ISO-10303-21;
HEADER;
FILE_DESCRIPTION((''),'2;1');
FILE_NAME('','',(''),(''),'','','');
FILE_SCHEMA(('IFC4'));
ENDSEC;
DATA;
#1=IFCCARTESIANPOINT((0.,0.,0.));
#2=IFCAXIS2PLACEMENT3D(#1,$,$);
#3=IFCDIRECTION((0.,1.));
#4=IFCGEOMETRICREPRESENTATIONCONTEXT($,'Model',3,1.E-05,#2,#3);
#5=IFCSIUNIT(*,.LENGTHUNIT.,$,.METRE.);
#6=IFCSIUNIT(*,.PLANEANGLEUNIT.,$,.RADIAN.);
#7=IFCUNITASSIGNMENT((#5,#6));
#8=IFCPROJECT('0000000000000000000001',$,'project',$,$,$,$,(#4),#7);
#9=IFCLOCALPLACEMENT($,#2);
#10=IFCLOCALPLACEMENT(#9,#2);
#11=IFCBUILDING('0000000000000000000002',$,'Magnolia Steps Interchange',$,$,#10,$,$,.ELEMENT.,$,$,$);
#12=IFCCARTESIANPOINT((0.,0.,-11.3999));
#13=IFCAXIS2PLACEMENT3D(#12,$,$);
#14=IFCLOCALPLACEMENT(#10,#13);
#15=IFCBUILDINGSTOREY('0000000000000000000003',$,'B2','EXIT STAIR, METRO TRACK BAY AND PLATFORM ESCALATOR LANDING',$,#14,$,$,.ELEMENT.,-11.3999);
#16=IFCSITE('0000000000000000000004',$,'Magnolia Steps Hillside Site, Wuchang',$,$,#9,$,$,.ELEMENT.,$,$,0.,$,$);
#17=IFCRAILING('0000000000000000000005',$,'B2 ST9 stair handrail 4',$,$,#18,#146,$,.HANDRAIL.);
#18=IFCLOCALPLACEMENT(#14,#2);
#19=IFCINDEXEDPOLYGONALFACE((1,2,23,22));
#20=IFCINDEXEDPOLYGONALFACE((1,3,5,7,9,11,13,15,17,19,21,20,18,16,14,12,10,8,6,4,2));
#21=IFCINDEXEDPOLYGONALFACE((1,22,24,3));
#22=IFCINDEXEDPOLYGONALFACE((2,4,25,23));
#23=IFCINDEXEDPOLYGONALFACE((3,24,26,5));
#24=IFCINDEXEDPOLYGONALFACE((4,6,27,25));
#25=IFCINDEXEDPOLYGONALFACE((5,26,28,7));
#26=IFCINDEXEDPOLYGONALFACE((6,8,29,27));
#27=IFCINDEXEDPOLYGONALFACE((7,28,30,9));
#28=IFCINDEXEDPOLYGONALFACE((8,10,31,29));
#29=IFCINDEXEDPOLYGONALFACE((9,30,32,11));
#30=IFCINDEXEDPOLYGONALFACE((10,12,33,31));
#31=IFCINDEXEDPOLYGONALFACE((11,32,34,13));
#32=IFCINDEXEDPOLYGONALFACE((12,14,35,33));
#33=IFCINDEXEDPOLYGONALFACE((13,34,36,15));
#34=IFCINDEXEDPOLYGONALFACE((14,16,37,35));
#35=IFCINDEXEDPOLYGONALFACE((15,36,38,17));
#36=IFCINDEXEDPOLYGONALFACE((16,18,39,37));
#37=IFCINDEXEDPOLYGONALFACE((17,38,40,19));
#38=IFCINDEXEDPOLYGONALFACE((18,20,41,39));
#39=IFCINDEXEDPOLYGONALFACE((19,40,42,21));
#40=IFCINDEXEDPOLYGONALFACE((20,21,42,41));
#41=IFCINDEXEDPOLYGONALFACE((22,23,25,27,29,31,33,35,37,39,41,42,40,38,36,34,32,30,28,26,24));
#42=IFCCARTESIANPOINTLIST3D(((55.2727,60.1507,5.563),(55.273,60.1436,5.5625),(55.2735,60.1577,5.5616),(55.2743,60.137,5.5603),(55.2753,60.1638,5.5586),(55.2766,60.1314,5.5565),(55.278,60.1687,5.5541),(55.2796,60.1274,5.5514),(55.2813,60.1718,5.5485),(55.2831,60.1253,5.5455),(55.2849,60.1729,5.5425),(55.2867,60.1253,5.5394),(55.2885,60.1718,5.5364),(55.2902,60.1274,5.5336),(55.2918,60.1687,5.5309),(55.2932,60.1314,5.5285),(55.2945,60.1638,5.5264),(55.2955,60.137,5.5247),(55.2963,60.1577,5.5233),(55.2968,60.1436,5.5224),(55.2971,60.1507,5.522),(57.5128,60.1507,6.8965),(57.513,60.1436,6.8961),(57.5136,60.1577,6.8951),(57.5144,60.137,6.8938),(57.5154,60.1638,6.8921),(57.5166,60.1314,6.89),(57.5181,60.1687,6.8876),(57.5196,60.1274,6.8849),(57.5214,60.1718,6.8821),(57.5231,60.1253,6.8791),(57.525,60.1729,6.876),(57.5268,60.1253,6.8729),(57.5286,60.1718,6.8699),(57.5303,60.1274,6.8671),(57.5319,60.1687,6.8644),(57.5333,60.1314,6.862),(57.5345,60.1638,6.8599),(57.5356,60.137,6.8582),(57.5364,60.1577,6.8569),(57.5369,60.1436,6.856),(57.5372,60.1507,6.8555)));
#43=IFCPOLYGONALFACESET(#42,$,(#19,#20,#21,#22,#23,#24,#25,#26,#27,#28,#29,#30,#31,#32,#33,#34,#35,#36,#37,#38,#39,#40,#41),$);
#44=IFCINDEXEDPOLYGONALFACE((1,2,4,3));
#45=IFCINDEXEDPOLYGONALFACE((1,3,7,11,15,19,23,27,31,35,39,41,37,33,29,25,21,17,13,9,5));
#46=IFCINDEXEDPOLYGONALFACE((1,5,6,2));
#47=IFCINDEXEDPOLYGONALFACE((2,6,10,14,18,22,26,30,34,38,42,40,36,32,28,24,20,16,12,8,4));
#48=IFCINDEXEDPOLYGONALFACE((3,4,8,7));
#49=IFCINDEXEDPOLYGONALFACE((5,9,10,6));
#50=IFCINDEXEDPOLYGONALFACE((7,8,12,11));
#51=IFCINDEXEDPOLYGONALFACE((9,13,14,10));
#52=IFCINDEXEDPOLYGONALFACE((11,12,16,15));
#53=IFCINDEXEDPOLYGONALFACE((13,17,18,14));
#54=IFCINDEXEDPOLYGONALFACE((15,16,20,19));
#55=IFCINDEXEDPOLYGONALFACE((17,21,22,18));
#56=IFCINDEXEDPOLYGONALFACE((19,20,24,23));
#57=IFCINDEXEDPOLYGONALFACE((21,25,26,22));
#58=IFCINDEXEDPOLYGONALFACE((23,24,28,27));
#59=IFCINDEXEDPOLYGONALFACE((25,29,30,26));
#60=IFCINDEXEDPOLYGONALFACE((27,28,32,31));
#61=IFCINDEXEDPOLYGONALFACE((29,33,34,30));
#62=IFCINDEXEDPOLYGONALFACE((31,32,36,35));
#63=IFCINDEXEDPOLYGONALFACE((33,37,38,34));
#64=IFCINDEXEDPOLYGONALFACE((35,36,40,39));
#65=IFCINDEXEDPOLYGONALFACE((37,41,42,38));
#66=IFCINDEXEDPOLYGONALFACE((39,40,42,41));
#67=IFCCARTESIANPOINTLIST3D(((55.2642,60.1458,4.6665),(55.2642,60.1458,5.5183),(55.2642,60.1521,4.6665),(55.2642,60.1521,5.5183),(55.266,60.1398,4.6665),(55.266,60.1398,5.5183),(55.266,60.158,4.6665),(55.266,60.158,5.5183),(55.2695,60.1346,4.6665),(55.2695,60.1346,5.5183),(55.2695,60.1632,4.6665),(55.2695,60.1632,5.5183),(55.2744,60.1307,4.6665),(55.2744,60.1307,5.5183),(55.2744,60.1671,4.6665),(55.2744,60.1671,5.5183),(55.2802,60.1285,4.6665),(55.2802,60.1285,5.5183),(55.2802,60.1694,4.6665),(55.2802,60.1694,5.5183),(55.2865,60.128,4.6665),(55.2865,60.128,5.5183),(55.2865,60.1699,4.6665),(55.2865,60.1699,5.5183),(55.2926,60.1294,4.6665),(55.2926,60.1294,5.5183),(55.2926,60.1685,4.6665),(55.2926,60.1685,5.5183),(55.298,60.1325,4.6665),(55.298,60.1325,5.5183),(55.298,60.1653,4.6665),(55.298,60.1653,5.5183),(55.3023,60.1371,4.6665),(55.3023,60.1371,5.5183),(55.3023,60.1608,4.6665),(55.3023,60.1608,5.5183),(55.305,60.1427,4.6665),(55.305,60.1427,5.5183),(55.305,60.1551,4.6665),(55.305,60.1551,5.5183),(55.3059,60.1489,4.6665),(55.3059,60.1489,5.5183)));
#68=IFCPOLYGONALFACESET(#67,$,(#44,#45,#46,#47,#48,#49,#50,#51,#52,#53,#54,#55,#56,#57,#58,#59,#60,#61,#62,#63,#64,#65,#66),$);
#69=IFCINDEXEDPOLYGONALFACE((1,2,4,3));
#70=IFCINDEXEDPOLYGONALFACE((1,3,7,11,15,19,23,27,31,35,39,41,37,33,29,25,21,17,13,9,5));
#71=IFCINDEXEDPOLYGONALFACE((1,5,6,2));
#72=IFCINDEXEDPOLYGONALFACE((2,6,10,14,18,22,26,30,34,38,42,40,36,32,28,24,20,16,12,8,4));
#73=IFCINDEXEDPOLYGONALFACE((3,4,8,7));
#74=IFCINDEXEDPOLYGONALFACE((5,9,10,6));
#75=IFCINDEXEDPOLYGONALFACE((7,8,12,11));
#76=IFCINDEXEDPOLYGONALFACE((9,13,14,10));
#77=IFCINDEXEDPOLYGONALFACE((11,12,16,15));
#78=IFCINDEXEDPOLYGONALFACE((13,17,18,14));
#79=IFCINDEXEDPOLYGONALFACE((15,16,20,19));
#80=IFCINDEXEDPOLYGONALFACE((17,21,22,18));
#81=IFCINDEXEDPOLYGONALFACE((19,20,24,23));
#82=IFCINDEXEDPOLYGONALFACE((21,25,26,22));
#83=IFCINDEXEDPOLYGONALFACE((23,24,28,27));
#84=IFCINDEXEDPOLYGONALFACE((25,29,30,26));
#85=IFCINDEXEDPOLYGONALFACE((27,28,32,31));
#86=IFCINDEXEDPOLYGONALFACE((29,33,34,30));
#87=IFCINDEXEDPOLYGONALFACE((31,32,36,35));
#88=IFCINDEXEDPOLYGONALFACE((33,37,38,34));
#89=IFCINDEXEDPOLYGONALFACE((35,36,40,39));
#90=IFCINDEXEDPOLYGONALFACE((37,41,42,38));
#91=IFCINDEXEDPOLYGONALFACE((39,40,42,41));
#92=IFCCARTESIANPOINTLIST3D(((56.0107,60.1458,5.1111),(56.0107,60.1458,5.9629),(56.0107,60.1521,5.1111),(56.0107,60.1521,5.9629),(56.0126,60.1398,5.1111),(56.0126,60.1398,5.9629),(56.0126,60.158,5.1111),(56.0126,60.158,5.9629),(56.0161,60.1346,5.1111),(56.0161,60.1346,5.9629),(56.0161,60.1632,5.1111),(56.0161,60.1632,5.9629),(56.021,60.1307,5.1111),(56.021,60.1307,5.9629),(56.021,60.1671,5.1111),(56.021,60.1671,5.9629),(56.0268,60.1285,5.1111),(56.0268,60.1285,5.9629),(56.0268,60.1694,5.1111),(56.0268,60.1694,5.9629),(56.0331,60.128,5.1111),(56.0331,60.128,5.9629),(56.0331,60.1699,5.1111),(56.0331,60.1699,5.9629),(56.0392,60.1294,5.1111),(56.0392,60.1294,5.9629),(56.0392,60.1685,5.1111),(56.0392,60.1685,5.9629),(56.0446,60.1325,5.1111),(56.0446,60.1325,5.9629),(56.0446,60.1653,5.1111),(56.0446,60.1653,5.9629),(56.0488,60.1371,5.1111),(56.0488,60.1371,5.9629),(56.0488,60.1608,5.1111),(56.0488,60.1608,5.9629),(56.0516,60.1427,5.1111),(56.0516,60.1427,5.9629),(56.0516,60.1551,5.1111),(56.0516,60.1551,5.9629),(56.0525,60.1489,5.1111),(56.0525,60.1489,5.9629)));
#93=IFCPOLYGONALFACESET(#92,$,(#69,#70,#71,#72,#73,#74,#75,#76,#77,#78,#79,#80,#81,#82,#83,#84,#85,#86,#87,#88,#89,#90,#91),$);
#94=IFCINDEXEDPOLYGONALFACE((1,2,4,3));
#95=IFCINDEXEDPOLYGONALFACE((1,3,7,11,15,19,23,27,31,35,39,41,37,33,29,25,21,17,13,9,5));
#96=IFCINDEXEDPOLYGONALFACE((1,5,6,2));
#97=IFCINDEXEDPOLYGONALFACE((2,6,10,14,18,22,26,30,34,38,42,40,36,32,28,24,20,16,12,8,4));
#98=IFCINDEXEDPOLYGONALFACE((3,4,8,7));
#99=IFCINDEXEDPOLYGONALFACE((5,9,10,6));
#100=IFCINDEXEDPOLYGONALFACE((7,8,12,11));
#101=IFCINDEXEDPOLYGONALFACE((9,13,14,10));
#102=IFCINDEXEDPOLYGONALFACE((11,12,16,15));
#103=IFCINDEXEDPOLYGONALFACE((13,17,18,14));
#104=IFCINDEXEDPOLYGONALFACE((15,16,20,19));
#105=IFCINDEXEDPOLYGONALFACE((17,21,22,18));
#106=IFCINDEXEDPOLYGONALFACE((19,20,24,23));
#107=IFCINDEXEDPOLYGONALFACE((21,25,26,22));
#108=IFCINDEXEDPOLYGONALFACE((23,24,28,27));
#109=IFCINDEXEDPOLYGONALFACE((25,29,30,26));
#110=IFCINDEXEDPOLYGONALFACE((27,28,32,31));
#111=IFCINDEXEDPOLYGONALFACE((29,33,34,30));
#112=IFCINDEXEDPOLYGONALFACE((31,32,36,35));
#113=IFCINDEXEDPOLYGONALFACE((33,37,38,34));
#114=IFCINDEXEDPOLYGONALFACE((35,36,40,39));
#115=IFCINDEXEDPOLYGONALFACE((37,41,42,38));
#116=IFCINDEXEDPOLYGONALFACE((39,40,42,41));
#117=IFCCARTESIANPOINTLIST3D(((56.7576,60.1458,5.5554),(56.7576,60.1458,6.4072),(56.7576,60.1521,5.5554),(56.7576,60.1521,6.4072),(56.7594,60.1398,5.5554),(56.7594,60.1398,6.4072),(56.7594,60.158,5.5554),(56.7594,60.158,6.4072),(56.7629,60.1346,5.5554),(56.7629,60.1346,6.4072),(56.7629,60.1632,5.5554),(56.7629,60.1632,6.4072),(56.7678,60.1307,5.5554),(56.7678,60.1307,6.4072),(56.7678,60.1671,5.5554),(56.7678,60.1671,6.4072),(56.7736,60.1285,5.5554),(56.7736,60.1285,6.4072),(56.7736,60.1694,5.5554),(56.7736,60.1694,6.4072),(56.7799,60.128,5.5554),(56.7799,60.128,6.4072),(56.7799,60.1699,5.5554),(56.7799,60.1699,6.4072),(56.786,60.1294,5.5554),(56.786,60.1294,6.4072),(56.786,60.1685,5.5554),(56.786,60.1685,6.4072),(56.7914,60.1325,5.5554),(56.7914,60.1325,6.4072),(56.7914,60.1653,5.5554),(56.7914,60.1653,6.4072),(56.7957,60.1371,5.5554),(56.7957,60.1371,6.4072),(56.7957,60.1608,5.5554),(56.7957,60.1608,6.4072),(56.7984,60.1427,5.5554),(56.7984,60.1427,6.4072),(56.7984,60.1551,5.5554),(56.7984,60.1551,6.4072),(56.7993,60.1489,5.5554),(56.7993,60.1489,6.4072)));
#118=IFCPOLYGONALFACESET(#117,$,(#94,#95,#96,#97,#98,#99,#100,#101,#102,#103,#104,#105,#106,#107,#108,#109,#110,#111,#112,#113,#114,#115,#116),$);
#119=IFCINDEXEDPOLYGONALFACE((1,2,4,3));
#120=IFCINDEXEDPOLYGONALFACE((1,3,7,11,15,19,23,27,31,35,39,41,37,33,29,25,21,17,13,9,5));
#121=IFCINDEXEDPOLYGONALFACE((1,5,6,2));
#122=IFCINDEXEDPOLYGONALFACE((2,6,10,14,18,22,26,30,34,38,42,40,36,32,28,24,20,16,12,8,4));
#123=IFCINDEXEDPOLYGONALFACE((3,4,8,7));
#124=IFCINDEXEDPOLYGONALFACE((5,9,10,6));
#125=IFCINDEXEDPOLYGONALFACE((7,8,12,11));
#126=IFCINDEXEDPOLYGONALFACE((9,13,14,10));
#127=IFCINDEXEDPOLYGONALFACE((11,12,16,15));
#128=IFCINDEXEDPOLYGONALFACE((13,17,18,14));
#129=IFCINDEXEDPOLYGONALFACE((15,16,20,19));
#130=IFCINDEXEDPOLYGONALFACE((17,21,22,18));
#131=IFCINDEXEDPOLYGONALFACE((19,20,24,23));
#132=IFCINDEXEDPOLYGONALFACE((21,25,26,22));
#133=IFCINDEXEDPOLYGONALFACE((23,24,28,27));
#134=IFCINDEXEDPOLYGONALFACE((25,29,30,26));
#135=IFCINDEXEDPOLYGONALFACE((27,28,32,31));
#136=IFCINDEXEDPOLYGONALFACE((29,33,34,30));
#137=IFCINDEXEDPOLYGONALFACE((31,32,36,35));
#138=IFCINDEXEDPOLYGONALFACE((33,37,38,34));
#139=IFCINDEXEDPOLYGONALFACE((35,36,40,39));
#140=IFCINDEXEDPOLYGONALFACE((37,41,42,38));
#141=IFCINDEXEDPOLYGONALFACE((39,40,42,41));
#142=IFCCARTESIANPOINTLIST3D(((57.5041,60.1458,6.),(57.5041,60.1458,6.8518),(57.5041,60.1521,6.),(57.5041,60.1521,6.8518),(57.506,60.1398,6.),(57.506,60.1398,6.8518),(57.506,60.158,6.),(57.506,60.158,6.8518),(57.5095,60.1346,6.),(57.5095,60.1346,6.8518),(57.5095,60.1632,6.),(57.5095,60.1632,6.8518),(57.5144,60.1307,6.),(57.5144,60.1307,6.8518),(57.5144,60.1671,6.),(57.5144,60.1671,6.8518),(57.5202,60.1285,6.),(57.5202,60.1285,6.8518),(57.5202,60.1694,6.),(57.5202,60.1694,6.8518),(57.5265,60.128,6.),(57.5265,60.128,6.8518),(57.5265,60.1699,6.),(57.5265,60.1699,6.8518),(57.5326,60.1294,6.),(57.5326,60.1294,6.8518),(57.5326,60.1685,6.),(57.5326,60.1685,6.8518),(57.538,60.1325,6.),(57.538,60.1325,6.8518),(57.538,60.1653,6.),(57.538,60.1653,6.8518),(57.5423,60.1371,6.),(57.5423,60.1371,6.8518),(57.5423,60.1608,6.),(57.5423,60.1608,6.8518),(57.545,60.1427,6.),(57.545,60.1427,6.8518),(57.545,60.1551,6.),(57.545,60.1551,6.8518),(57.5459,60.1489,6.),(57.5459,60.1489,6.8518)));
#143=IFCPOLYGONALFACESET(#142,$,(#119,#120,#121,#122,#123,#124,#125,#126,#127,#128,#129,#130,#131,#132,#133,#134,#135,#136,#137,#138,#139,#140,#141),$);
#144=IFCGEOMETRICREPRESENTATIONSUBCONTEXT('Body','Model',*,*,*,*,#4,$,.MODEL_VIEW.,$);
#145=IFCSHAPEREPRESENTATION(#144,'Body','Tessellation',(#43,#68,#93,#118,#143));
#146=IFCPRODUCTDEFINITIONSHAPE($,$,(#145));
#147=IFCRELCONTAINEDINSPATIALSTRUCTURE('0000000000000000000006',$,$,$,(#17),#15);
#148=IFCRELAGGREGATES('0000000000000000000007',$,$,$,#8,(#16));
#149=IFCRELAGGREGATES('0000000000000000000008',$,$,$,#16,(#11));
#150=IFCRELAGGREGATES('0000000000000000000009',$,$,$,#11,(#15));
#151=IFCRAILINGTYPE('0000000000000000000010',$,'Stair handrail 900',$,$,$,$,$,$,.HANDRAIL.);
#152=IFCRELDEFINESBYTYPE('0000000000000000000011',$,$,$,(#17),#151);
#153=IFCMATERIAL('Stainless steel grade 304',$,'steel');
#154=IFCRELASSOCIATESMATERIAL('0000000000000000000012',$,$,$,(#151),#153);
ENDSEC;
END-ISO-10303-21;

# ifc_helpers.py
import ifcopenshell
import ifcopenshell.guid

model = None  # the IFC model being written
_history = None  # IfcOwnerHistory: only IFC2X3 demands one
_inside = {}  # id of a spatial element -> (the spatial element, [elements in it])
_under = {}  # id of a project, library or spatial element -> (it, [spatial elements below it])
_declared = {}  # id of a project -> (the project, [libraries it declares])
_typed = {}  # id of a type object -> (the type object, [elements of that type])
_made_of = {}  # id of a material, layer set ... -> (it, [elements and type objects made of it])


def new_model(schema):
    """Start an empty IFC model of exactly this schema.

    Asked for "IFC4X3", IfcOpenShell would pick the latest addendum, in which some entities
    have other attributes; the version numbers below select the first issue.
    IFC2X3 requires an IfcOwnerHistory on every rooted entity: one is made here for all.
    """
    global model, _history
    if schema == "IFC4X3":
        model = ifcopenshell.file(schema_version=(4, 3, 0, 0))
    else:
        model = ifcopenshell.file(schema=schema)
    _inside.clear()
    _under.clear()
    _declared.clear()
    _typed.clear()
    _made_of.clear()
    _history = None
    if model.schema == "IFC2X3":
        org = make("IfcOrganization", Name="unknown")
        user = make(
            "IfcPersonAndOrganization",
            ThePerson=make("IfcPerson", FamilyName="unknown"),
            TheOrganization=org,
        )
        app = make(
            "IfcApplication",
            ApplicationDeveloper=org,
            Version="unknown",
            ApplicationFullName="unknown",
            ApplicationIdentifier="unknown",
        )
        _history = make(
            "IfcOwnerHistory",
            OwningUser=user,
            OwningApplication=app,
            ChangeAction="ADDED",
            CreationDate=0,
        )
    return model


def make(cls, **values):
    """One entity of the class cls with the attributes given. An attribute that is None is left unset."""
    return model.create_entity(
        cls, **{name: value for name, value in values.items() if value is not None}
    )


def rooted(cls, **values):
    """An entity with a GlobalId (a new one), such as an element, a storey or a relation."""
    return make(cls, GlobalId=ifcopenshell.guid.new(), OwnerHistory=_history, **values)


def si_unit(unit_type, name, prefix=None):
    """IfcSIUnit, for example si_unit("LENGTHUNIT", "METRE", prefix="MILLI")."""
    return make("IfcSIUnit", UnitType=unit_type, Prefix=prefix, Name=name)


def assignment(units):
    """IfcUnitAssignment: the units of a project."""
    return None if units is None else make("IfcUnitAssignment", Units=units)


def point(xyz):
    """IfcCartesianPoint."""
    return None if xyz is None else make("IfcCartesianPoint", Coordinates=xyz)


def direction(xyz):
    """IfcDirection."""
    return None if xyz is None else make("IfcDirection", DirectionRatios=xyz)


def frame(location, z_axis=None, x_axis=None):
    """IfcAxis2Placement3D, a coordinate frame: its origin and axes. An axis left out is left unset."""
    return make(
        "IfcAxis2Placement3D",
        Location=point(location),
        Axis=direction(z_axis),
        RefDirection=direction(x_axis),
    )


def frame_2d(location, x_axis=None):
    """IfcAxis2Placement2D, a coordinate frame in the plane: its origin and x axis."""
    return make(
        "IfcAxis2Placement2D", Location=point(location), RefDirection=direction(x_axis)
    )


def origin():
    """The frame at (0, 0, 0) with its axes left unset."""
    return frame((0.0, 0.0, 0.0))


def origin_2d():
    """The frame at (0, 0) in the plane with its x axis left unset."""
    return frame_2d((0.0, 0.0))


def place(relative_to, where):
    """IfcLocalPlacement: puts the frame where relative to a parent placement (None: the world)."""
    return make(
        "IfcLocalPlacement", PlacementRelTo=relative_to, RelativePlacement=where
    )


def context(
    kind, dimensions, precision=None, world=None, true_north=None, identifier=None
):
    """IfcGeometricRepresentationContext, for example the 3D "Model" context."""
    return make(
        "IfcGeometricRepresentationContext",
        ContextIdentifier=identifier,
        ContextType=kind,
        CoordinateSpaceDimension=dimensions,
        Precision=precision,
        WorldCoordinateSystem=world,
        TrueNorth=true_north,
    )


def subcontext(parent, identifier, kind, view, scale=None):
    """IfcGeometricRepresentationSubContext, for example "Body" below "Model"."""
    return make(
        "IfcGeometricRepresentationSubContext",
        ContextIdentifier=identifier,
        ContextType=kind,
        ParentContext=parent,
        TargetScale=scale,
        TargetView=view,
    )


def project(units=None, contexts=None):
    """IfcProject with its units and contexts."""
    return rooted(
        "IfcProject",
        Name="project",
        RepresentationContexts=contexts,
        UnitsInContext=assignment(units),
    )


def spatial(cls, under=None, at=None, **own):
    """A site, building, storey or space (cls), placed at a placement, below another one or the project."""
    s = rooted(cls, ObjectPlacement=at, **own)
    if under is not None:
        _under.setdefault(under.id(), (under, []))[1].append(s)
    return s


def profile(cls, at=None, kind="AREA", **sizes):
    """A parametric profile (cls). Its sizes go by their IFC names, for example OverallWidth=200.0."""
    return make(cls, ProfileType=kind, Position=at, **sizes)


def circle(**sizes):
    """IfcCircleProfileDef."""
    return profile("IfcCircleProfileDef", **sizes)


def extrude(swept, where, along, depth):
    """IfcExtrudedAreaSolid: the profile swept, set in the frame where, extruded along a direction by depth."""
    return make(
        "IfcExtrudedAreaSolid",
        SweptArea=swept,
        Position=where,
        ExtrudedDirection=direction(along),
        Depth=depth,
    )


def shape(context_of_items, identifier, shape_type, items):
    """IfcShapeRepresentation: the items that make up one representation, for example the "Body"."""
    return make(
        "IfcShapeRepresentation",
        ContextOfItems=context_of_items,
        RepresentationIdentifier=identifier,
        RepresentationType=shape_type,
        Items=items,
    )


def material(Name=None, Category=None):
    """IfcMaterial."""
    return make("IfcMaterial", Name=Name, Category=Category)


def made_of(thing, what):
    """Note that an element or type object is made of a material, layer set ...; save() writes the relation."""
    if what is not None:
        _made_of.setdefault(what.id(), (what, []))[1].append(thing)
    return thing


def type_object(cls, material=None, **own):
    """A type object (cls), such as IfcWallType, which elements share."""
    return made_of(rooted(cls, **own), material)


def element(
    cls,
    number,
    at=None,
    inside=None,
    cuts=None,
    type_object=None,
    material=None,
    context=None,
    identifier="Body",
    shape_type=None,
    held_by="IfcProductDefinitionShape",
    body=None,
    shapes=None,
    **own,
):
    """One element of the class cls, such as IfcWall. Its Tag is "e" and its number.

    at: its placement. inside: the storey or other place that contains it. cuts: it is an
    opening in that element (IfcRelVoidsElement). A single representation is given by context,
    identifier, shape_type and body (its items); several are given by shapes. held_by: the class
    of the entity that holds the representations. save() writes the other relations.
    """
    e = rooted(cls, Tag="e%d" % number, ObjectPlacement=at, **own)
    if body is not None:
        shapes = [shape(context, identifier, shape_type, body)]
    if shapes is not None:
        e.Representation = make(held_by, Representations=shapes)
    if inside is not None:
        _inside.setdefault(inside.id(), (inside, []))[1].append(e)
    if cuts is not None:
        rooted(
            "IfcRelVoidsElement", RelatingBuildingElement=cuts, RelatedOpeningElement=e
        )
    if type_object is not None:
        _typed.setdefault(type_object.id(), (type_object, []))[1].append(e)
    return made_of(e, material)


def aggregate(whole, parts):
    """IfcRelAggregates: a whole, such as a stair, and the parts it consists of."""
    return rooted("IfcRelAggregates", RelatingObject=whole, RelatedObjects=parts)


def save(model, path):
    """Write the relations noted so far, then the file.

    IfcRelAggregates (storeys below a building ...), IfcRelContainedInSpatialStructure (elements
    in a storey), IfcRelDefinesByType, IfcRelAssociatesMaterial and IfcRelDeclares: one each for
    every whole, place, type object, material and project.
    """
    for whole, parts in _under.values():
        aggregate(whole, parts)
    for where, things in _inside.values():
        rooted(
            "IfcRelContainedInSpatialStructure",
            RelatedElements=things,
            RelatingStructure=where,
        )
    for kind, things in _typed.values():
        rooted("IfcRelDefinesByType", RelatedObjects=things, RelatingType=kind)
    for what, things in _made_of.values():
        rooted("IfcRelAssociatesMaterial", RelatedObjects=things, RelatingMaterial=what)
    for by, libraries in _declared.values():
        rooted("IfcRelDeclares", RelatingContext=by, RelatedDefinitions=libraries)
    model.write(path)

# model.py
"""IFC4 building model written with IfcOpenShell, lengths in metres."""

from ifc_helpers import new_model, si_unit, direction, frame, origin, origin_2d, place, context, subcontext, project, spatial, circle, extrude, material, type_object, element, save


model = new_model("IFC4")

# Units and contexts
model_context = context("Model", 3, precision=1e-05, world=origin(), true_north=direction((0.0, 1.0)))
body_context = subcontext(model_context, "Body", "Model", "MODEL_VIEW")
ifc_project = project(units=[si_unit("LENGTHUNIT", "METRE"), si_unit("PLANEANGLEUNIT", "RADIAN")], contexts=[model_context])

# Site, building, storey
site_placement = place(None, origin())
site = spatial("IfcSite", under=ifc_project, at=site_placement, Name="Magnolia Steps Hillside Site, Wuchang", CompositionType="ELEMENT", RefElevation=0.0)
building_placement = place(site_placement, origin())
building = spatial("IfcBuilding", under=site, at=building_placement, Name="Magnolia Steps Interchange", CompositionType="ELEMENT")
storey_placement = place(building_placement, frame((0.0, 0.0, -11.3999)))
storey = spatial("IfcBuildingStorey", under=building, at=storey_placement, Name="B2", Description="EXIT STAIR, METRO TRACK BAY AND PLATFORM ESCALATOR LANDING", CompositionType="ELEMENT", Elevation=-11.3999)

# Railing
ifc_material_1 = material(Name="Stainless steel grade 304", Category="steel")
railing_type_1 = type_object("IfcRailingType", Name="Stair handrail 900", PredefinedType="HANDRAIL", material=ifc_material_1)
for number, where, name in (
    (1, (55.2849, 60.1489, 4.6665), "B2 ST9 stair handrail 4"),
):
    element("IfcRailing", number, at=place(storey_placement, frame(where)), inside=storey, type_object=railing_type_1, Name=name, PredefinedType="HANDRAIL", context=body_context, shape_type="SweptSolid", body=[
        extrude(circle(Radius=0.0239, at=origin_2d()), frame((0.0, 0.0, 0.876), z_axis=(0.859264, 0.0, 0.511532), x_axis=(0.0, 1.0, 0.0)), (0.0, 0.0, 1.0), 2.6069),
        extrude(circle(Radius=0.021, at=origin_2d()), origin(), (0.0, 0.0, 1.0), 0.8518),
        extrude(circle(Radius=0.021, at=origin_2d()), frame((0.7466, 0.0, 0.4446)), (0.0, 0.0, 1.0), 0.8518),
        extrude(circle(Radius=0.021, at=origin_2d()), frame((1.4934, 0.0, 0.8889)), (0.0, 0.0, 1.0), 0.8518),
        extrude(circle(Radius=0.021, at=origin_2d()), frame((2.24, 0.0, 1.3335)), (0.0, 0.0, 1.0), 0.8518),
    ])

save(model, "model.ifc")
